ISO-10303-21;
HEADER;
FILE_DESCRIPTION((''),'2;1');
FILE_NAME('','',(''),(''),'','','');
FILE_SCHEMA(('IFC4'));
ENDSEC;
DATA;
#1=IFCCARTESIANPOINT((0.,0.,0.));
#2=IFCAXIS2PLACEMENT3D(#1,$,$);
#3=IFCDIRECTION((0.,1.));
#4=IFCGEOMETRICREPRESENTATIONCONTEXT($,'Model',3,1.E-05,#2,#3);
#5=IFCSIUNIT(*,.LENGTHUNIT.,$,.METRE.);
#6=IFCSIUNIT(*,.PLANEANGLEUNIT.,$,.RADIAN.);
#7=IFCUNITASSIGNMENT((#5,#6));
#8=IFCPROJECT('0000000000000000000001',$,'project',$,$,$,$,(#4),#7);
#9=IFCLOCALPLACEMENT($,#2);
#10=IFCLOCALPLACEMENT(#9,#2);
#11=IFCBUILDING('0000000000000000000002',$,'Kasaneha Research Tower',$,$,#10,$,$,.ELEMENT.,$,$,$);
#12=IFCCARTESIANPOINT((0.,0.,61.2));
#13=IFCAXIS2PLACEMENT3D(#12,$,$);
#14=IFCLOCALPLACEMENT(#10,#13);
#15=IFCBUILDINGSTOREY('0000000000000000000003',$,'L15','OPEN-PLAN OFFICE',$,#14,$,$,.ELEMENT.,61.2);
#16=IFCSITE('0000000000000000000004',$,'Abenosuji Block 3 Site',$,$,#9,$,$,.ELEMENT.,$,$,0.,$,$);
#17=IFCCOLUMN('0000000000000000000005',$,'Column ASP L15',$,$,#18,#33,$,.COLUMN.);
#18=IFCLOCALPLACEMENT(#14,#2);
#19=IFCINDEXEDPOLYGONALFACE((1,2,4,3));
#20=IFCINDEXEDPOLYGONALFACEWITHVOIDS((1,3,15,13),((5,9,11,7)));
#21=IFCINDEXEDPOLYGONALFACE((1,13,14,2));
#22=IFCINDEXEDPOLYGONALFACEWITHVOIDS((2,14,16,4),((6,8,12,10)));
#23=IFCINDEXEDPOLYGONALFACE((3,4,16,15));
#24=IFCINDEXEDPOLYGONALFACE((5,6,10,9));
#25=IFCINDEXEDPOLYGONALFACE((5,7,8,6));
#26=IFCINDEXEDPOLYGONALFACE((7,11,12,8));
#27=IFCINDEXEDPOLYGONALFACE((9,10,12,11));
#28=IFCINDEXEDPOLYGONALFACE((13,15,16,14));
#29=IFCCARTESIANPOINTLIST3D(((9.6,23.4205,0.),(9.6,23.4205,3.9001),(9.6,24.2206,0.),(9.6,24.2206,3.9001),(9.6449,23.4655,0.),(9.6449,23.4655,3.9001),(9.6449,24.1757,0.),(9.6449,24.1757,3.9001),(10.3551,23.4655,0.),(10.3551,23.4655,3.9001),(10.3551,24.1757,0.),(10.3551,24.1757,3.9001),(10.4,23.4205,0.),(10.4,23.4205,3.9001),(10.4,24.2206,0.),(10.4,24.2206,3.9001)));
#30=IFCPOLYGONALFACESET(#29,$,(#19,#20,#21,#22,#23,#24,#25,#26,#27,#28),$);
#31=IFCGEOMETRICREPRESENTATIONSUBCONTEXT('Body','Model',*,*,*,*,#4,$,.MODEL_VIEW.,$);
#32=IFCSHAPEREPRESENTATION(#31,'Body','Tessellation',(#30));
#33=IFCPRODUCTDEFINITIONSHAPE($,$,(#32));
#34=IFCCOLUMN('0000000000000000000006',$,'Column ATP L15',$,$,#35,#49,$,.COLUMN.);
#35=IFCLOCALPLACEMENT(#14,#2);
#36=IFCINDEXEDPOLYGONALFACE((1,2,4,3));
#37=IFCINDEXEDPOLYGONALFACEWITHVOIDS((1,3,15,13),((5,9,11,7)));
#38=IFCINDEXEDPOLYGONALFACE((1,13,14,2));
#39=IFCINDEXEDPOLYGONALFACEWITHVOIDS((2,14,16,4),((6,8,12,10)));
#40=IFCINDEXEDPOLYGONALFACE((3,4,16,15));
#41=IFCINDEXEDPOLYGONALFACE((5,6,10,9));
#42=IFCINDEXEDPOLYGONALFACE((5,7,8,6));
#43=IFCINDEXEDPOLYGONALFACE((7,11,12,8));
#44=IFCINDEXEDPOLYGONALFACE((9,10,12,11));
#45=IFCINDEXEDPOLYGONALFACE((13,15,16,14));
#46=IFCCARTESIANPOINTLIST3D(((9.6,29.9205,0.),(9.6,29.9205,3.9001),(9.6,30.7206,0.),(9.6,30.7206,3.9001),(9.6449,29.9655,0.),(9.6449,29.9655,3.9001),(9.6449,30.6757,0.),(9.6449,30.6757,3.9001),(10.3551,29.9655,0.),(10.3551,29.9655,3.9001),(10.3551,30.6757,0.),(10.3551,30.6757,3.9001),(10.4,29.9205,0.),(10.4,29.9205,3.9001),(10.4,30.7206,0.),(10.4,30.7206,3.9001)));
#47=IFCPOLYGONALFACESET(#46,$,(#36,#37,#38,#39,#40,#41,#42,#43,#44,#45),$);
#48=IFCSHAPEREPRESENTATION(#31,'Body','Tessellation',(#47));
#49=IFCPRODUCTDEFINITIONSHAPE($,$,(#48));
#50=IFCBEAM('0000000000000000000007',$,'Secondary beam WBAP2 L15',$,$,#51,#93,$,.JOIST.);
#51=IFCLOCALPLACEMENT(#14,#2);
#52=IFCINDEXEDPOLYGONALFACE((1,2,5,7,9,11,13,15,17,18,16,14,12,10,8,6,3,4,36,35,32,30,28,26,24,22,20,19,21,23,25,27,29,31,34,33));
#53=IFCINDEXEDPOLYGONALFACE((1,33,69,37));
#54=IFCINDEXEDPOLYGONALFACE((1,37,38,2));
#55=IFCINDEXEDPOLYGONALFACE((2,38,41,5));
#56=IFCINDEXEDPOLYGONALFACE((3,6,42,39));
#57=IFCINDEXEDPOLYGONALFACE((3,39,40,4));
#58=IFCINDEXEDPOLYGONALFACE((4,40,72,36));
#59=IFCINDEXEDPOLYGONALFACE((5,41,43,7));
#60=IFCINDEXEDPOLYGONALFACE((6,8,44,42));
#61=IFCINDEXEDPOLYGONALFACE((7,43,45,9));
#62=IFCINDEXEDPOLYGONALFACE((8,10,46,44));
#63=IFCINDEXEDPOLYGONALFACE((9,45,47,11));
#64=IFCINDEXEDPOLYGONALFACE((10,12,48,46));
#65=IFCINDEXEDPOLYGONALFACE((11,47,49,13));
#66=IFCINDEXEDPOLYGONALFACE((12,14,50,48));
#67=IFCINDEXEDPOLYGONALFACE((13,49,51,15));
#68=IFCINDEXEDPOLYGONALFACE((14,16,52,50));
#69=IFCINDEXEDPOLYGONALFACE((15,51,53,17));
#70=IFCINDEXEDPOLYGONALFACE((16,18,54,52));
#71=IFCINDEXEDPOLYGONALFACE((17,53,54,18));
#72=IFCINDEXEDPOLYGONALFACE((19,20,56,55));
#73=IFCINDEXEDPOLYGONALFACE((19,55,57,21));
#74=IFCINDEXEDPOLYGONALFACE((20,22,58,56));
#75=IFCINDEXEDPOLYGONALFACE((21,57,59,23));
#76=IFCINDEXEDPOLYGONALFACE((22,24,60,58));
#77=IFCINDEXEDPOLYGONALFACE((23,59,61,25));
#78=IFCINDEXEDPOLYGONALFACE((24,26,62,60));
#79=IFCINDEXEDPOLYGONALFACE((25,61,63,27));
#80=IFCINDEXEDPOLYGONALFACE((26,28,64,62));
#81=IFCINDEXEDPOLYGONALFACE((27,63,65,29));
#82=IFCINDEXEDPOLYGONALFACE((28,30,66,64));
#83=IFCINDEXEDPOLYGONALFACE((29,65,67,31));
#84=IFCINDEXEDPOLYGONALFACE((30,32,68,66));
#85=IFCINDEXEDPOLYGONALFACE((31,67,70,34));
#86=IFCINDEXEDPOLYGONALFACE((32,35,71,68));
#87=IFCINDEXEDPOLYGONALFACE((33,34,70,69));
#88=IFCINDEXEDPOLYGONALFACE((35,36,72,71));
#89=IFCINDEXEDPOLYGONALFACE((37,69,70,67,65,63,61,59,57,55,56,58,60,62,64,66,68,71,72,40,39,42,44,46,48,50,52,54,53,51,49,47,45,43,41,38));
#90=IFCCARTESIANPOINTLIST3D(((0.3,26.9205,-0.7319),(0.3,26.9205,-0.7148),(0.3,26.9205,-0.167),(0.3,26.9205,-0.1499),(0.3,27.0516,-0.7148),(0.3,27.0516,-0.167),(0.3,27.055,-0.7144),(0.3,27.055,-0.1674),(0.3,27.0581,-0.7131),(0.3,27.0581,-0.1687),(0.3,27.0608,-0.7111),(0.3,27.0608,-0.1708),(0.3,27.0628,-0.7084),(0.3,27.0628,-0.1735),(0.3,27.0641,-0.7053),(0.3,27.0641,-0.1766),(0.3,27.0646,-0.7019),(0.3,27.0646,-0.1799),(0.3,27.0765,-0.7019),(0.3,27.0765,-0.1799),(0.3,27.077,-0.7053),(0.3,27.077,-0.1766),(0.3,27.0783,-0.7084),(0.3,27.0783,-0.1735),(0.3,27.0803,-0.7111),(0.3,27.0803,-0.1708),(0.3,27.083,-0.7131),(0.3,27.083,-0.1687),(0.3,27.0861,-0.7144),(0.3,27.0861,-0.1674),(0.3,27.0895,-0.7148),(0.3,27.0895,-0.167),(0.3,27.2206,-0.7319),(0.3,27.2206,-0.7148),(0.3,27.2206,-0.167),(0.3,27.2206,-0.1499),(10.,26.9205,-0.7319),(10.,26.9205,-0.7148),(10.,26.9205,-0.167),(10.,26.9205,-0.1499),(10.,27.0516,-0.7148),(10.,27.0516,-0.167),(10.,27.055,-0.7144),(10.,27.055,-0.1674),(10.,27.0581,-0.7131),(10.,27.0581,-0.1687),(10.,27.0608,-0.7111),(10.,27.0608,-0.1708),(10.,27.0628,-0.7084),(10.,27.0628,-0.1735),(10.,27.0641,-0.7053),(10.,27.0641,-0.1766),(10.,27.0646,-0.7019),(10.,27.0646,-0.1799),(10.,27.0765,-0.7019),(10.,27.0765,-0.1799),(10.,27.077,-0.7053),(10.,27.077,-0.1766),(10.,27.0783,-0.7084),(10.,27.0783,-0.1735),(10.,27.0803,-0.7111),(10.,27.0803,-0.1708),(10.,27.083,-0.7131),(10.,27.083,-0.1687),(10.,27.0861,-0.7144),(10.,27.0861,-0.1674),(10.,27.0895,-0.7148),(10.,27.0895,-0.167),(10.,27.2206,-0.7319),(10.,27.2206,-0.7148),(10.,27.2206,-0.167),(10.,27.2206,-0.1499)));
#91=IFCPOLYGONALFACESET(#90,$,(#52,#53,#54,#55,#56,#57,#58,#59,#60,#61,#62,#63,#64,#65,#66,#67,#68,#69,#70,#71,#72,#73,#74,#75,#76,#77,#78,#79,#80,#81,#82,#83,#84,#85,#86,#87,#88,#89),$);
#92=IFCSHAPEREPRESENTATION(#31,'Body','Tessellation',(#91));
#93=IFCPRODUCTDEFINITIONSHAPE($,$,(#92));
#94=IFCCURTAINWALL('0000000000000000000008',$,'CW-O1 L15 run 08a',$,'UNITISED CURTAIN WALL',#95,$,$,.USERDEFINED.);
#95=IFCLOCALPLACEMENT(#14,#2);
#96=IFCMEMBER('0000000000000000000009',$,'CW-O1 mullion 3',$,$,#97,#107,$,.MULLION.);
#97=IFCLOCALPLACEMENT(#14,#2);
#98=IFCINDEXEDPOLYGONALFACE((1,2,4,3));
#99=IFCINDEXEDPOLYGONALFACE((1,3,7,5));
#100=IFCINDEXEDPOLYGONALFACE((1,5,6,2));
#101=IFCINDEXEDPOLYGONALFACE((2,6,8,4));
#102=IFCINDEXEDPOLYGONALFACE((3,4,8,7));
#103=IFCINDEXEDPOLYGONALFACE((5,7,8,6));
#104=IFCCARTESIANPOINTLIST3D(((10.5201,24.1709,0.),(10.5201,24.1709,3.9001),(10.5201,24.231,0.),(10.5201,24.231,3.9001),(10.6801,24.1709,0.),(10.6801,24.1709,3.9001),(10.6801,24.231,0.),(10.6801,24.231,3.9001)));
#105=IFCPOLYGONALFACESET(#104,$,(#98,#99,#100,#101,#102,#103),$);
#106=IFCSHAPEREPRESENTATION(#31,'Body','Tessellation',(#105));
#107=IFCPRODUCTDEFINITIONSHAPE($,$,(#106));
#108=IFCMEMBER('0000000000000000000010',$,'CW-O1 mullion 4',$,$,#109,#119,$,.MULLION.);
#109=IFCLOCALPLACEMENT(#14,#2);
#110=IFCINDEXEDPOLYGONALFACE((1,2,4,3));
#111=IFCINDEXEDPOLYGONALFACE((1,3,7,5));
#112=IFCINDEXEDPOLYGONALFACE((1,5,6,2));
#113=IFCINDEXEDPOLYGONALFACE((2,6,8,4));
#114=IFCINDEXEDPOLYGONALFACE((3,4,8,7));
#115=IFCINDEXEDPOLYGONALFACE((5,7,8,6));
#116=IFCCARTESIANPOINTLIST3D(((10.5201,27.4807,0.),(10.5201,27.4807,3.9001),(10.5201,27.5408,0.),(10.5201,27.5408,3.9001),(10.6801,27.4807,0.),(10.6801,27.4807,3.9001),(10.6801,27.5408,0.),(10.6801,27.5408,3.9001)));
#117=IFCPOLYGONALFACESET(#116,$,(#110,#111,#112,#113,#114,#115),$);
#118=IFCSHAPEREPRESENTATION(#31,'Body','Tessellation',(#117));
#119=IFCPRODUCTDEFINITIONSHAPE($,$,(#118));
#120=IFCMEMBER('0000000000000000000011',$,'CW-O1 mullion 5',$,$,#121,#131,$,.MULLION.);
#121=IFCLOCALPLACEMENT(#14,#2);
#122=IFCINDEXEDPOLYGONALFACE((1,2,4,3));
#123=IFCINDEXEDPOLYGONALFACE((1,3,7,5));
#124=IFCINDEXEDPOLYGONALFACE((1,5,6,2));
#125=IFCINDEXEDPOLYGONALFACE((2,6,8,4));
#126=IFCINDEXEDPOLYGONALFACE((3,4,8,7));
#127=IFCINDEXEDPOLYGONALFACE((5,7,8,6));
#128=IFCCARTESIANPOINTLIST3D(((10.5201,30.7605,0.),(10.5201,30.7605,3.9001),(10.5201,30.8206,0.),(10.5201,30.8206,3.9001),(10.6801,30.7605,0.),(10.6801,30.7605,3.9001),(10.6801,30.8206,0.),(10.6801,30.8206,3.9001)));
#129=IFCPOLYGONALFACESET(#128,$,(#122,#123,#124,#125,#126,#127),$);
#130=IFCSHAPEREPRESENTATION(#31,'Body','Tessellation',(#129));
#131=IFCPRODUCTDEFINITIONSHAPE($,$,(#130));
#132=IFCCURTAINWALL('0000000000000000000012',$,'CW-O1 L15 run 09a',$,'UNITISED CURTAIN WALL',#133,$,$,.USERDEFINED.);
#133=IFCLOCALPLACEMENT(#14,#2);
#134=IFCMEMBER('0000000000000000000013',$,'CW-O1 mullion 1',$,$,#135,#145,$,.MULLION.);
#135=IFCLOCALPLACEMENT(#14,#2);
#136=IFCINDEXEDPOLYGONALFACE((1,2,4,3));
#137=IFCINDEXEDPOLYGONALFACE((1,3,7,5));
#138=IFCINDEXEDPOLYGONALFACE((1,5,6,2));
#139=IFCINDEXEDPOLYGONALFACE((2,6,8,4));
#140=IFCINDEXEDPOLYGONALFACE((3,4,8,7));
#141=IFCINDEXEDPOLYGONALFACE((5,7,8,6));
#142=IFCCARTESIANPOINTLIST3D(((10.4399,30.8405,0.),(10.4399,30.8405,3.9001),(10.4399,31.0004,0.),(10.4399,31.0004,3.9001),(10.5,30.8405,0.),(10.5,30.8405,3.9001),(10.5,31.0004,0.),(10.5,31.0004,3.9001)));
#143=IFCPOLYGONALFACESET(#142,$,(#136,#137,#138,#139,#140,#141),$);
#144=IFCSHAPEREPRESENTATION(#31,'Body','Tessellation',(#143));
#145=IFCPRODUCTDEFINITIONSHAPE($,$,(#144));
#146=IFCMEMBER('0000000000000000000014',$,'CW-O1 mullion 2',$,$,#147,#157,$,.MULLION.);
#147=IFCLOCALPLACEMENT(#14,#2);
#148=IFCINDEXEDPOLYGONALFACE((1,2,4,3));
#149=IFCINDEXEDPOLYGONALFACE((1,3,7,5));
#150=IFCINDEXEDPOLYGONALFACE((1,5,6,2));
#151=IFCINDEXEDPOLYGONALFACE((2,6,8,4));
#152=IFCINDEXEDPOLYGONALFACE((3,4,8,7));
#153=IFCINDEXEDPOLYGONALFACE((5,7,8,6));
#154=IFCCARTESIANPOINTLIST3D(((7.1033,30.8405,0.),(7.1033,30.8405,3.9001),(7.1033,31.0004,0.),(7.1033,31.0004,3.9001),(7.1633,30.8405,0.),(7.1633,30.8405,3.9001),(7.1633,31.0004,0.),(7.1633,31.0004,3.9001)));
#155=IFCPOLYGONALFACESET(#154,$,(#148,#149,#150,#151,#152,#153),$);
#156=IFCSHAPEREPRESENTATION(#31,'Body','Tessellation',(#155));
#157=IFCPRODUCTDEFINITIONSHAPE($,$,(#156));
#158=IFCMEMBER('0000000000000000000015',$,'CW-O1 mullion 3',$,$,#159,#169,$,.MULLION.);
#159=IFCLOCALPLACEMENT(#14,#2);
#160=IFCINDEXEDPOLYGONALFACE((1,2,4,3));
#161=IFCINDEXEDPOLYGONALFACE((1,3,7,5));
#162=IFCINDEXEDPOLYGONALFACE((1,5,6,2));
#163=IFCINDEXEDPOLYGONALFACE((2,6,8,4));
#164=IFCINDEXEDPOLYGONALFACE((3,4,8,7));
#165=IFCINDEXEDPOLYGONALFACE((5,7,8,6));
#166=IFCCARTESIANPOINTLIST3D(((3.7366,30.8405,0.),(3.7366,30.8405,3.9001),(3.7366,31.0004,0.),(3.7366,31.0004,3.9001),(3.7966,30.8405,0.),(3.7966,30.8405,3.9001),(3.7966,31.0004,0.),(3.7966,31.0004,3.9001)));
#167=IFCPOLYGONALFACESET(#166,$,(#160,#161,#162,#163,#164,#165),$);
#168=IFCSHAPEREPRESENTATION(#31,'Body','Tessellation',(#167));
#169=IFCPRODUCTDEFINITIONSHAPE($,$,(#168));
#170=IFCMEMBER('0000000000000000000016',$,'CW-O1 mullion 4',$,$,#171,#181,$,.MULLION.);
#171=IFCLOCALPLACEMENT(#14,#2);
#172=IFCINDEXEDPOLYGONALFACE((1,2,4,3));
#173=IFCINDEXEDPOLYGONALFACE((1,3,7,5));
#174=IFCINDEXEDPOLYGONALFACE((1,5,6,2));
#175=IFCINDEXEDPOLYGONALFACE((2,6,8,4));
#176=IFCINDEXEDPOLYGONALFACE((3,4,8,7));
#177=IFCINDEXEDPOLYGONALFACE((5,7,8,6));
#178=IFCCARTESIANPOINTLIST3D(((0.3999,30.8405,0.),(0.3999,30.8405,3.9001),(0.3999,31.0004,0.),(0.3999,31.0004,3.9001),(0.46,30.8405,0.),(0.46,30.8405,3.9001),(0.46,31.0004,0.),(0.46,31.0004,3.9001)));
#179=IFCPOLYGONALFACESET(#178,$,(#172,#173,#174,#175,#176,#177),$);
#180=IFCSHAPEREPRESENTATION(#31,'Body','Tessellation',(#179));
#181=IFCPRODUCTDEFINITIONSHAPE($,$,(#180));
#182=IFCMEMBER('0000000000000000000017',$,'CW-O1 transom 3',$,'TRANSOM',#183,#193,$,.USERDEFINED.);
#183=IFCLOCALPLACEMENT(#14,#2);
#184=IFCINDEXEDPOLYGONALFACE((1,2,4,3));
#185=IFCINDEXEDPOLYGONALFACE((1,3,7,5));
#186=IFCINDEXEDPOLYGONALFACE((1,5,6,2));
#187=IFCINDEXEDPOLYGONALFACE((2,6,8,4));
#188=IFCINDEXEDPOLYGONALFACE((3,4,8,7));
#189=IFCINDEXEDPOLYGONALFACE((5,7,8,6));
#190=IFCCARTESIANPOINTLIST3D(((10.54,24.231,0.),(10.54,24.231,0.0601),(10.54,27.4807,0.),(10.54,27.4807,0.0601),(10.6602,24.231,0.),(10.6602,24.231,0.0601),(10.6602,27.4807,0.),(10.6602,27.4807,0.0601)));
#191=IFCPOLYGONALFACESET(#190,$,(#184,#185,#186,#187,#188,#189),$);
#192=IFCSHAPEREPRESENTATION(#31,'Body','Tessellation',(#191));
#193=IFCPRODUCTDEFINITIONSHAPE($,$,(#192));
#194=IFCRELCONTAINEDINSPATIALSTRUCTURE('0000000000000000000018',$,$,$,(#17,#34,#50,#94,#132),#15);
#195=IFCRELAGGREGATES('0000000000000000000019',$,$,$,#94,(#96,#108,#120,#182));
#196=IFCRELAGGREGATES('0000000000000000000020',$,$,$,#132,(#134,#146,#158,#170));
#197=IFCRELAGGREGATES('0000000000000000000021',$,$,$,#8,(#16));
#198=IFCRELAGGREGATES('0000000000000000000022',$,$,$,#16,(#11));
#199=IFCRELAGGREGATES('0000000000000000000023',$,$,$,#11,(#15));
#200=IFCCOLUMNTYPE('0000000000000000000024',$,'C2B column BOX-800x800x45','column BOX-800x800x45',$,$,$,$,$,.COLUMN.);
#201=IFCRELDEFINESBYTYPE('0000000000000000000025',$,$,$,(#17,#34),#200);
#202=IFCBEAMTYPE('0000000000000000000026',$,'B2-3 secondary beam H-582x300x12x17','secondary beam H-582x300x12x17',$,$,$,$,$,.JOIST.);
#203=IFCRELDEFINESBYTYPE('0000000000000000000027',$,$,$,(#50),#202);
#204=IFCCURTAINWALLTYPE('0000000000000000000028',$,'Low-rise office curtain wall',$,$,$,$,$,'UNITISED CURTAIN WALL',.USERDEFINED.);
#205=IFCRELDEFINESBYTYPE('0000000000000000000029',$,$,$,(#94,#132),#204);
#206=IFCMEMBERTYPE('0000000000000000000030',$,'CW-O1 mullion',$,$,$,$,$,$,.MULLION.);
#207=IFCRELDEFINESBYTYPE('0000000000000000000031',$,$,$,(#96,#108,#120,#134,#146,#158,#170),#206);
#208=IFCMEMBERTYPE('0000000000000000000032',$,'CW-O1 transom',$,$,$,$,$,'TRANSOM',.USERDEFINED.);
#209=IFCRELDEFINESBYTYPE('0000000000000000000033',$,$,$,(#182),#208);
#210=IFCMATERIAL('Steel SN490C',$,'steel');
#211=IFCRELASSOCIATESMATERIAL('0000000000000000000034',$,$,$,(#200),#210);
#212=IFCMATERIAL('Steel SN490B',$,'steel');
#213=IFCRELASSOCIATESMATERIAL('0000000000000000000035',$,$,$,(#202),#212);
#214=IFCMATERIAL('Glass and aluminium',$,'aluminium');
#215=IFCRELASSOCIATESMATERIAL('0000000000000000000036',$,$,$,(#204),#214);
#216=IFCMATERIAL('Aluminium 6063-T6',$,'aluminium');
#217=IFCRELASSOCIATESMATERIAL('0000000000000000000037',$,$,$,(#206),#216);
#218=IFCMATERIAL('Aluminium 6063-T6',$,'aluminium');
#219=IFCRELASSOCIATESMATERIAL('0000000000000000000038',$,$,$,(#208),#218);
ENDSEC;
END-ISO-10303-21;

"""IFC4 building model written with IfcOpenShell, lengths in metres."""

from ifc_helpers import new_model, si_unit, direction, frame, origin, origin_2d, place, context, subcontext, project, spatial, rectangle, hollow_rectangle, i_section, extrude, material, material_profile, profile_set, type_object, element, aggregate, save


model = new_model("IFC4")

# Units and contexts
model_context = context("Model", 3, precision=1e-05, world=origin(), true_north=direction((0.0, 1.0)))
body_context = subcontext(model_context, "Body", "Model", "MODEL_VIEW")
ifc_project = project(units=[si_unit("LENGTHUNIT", "METRE"), si_unit("PLANEANGLEUNIT", "RADIAN")], contexts=[model_context])

# Site, building, storey
site_placement = place(None, origin())
site = spatial("IfcSite", under=ifc_project, at=site_placement, Name="Abenosuji Block 3 Site", CompositionType="ELEMENT", RefElevation=0.0)
building_placement = place(site_placement, origin())
building = spatial("IfcBuilding", under=site, at=building_placement, Name="Kasaneha Research Tower", CompositionType="ELEMENT")
storey_placement = place(building_placement, frame((0.0, 0.0, 61.2)))
storey = spatial("IfcBuildingStorey", under=building, at=storey_placement, Name="L15", Description="OPEN-PLAN OFFICE", CompositionType="ELEMENT", Elevation=61.2)

# Columns
ifc_material_1 = material(Name="Steel SN490C", Category="steel")
ifc_material_profile_1 = material_profile(ifc_material_1, hollow_rectangle(XDim=0.8, YDim=0.8, WallThickness=0.0449, at=origin_2d()), Name="BOX-800x800x45")
ifc_profile_set_1 = profile_set([ifc_material_profile_1], Name="Steel SN490C")
column_type = type_object("IfcColumnType", Name="C2B column BOX-800x800x45", Description="column BOX-800x800x45", PredefinedType="COLUMN", material=ifc_profile_set_1)
for number, where, z_axis, x_axis, name in (
    (1, (10.0, 23.8206, 0.0), (0.0, 0.0, 1.0), (1.0, 0.0, 0.0), "Column ASP L15"),
    (2, (10.0, 30.3206, 0.0), (0.0, 0.0, 1.0), (1.0, 0.0, 0.0), "Column ATP L15"),
):
    element("IfcColumn", number, at=place(storey_placement, frame(where, z_axis=z_axis, x_axis=x_axis)), inside=storey, type_object=column_type, Name=name, PredefinedType="COLUMN", context=body_context, shape_type="SweptSolid", body=[
        extrude(hollow_rectangle(XDim=0.8, YDim=0.8, WallThickness=0.0449, at=origin_2d()), origin(), (0.0, 0.0, 1.0), 3.9001),
    ])

# Beam
ifc_material_2 = material(Name="Steel SN490B", Category="steel")
ifc_material_profile_2 = material_profile(ifc_material_2, i_section(OverallWidth=0.3, OverallDepth=0.582, WebThickness=0.012, FlangeThickness=0.0171, FilletRadius=0.0129, at=origin_2d()), Name="H-582x300x12x17")
ifc_profile_set_2 = profile_set([ifc_material_profile_2], Name="Steel SN490B")
beam_type_1 = type_object("IfcBeamType", Name="B2-3 secondary beam H-582x300x12x17", Description="secondary beam H-582x300x12x17", PredefinedType="JOIST", material=ifc_profile_set_2)
beam_1_placement = place(storey_placement, frame((10.0, 27.0706, -0.4409), z_axis=(-1.0, 0.0, 0.0), x_axis=(0.0, -1.0, 0.0)))
element("IfcBeam", 3, at=beam_1_placement, inside=storey, type_object=beam_type_1, Name="Secondary beam WBAP2 L15", PredefinedType="JOIST", context=body_context, shape_type="SweptSolid", body=[
    extrude(i_section(OverallWidth=0.3, OverallDepth=0.582, WebThickness=0.012, FlangeThickness=0.0171, FilletRadius=0.0129, at=origin_2d()), origin(), (0.0, 0.0, 1.0), 9.7),
])

# Curtain walls, members
ifc_material_3 = material(Name="Glass and aluminium", Category="aluminium")
curtain_wall_type = type_object("IfcCurtainWallType", Name="Low-rise office curtain wall", ElementType="UNITISED CURTAIN WALL", PredefinedType="USERDEFINED", material=ifc_material_3)
curtain_wall_1_placement = place(storey_placement, origin())
curtain_wall_1 = element("IfcCurtainWall", 4, at=curtain_wall_1_placement, inside=storey, type_object=curtain_wall_type, Name="CW-O1 L15 run 08a", ObjectType="UNITISED CURTAIN WALL", PredefinedType="USERDEFINED")
ifc_material_4 = material(Name="Aluminium 6063-T6", Category="aluminium")
ifc_material_profile_3 = material_profile(ifc_material_4, rectangle(XDim=0.0601, YDim=0.1599, at=origin_2d()), Name="CW-O1 mullion 60x160")
ifc_profile_set_3 = profile_set([ifc_material_profile_3], Name="Aluminium 6063-T6")
member_type_1 = type_object("IfcMemberType", Name="CW-O1 mullion", PredefinedType="MULLION", material=ifc_profile_set_3)
member_1_placement = place(storey_placement, frame((10.6001, 24.2009, 0.0), z_axis=(0.0, 0.0, 1.0), x_axis=(0.0, 1.0, 0.0)))
member_1 = element("IfcMember", 5, at=member_1_placement, type_object=member_type_1, Name="CW-O1 mullion 3", PredefinedType="MULLION", context=body_context, shape_type="SweptSolid", body=[
    extrude(rectangle(XDim=0.0601, YDim=0.1599, at=origin_2d()), origin(), (0.0, 0.0, 1.0), 3.9001),
])
member_2_placement = place(storey_placement, frame((10.6001, 27.5107, 0.0), z_axis=(0.0, 0.0, 1.0), x_axis=(0.0, 1.0, 0.0)))
member_2 = element("IfcMember", 6, at=member_2_placement, type_object=member_type_1, Name="CW-O1 mullion 4", PredefinedType="MULLION", context=body_context, shape_type="SweptSolid", body=[
    extrude(rectangle(XDim=0.0601, YDim=0.1599, at=origin_2d()), origin(), (0.0, 0.0, 1.0), 3.9001),
])
member_3_placement = place(storey_placement, frame((10.6001, 30.7905, 0.0), z_axis=(0.0, 0.0, 1.0), x_axis=(0.0, 1.0, 0.0)))
member_3 = element("IfcMember", 7, at=member_3_placement, type_object=member_type_1, Name="CW-O1 mullion 5", PredefinedType="MULLION", context=body_context, shape_type="SweptSolid", body=[
    extrude(rectangle(XDim=0.0601, YDim=0.1599, at=origin_2d()), origin(), (0.0, 0.0, 1.0), 3.9001),
])
curtain_wall_2_placement = place(storey_placement, origin())
curtain_wall_2 = element("IfcCurtainWall", 8, at=curtain_wall_2_placement, inside=storey, type_object=curtain_wall_type, Name="CW-O1 L15 run 09a", ObjectType="UNITISED CURTAIN WALL", PredefinedType="USERDEFINED")
member_4_placement = place(storey_placement, frame((10.47, 30.9204, 0.0), z_axis=(0.0, 0.0, 1.0), x_axis=(-1.0, 0.0, 0.0)))
member_4 = element("IfcMember", 9, at=member_4_placement, type_object=member_type_1, Name="CW-O1 mullion 1", PredefinedType="MULLION", context=body_context, shape_type="SweptSolid", body=[
    extrude(rectangle(XDim=0.0601, YDim=0.1599, at=origin_2d()), origin(), (0.0, 0.0, 1.0), 3.9001),
])
member_5_placement = place(storey_placement, frame((7.1333, 30.9204, 0.0), z_axis=(0.0, 0.0, 1.0), x_axis=(-1.0, 0.0, 0.0)))
member_5 = element("IfcMember", 10, at=member_5_placement, type_object=member_type_1, Name="CW-O1 mullion 2", PredefinedType="MULLION", context=body_context, shape_type="SweptSolid", body=[
    extrude(rectangle(XDim=0.0601, YDim=0.1599, at=origin_2d()), origin(), (0.0, 0.0, 1.0), 3.9001),
])
member_6_placement = place(storey_placement, frame((3.7666, 30.9204, 0.0), z_axis=(0.0, 0.0, 1.0), x_axis=(-1.0, 0.0, 0.0)))
member_6 = element("IfcMember", 11, at=member_6_placement, type_object=member_type_1, Name="CW-O1 mullion 3", PredefinedType="MULLION", context=body_context, shape_type="SweptSolid", body=[
    extrude(rectangle(XDim=0.0601, YDim=0.1599, at=origin_2d()), origin(), (0.0, 0.0, 1.0), 3.9001),
])
member_7_placement = place(storey_placement, frame((0.4299, 30.9204, 0.0), z_axis=(0.0, 0.0, 1.0), x_axis=(-1.0, 0.0, 0.0)))
member_7 = element("IfcMember", 12, at=member_7_placement, type_object=member_type_1, Name="CW-O1 mullion 4", PredefinedType="MULLION", context=body_context, shape_type="SweptSolid", body=[
    extrude(rectangle(XDim=0.0601, YDim=0.1599, at=origin_2d()), origin(), (0.0, 0.0, 1.0), 3.9001),
])

# Member
ifc_material_5 = material(Name="Aluminium 6063-T6", Category="aluminium")
ifc_material_profile_4 = material_profile(ifc_material_5, rectangle(XDim=0.1201, YDim=0.0601, at=origin_2d()), Name="CW-O1 transom 120x60")
ifc_profile_set_4 = profile_set([ifc_material_profile_4], Name="Aluminium 6063-T6")
member_type_2 = type_object("IfcMemberType", Name="CW-O1 transom", ElementType="TRANSOM", PredefinedType="USERDEFINED", material=ifc_profile_set_4)
member_8_placement = place(storey_placement, frame((10.6001, 24.231, 0.03), z_axis=(0.0, 1.0, 0.0), x_axis=(-1.0, 0.0, 0.0)))
member_8 = element("IfcMember", 13, at=member_8_placement, type_object=member_type_2, Name="CW-O1 transom 3", ObjectType="TRANSOM", PredefinedType="USERDEFINED", context=body_context, shape_type="SweptSolid", body=[
    extrude(rectangle(XDim=0.1201, YDim=0.0601, at=origin_2d()), origin(), (0.0, 0.0, 1.0), 3.2498),
])

aggregate(curtain_wall_1, [member_1, member_2, member_3, member_8])
aggregate(curtain_wall_2, [member_4, member_5, member_6, member_7])

save(model, "model.ifc")
